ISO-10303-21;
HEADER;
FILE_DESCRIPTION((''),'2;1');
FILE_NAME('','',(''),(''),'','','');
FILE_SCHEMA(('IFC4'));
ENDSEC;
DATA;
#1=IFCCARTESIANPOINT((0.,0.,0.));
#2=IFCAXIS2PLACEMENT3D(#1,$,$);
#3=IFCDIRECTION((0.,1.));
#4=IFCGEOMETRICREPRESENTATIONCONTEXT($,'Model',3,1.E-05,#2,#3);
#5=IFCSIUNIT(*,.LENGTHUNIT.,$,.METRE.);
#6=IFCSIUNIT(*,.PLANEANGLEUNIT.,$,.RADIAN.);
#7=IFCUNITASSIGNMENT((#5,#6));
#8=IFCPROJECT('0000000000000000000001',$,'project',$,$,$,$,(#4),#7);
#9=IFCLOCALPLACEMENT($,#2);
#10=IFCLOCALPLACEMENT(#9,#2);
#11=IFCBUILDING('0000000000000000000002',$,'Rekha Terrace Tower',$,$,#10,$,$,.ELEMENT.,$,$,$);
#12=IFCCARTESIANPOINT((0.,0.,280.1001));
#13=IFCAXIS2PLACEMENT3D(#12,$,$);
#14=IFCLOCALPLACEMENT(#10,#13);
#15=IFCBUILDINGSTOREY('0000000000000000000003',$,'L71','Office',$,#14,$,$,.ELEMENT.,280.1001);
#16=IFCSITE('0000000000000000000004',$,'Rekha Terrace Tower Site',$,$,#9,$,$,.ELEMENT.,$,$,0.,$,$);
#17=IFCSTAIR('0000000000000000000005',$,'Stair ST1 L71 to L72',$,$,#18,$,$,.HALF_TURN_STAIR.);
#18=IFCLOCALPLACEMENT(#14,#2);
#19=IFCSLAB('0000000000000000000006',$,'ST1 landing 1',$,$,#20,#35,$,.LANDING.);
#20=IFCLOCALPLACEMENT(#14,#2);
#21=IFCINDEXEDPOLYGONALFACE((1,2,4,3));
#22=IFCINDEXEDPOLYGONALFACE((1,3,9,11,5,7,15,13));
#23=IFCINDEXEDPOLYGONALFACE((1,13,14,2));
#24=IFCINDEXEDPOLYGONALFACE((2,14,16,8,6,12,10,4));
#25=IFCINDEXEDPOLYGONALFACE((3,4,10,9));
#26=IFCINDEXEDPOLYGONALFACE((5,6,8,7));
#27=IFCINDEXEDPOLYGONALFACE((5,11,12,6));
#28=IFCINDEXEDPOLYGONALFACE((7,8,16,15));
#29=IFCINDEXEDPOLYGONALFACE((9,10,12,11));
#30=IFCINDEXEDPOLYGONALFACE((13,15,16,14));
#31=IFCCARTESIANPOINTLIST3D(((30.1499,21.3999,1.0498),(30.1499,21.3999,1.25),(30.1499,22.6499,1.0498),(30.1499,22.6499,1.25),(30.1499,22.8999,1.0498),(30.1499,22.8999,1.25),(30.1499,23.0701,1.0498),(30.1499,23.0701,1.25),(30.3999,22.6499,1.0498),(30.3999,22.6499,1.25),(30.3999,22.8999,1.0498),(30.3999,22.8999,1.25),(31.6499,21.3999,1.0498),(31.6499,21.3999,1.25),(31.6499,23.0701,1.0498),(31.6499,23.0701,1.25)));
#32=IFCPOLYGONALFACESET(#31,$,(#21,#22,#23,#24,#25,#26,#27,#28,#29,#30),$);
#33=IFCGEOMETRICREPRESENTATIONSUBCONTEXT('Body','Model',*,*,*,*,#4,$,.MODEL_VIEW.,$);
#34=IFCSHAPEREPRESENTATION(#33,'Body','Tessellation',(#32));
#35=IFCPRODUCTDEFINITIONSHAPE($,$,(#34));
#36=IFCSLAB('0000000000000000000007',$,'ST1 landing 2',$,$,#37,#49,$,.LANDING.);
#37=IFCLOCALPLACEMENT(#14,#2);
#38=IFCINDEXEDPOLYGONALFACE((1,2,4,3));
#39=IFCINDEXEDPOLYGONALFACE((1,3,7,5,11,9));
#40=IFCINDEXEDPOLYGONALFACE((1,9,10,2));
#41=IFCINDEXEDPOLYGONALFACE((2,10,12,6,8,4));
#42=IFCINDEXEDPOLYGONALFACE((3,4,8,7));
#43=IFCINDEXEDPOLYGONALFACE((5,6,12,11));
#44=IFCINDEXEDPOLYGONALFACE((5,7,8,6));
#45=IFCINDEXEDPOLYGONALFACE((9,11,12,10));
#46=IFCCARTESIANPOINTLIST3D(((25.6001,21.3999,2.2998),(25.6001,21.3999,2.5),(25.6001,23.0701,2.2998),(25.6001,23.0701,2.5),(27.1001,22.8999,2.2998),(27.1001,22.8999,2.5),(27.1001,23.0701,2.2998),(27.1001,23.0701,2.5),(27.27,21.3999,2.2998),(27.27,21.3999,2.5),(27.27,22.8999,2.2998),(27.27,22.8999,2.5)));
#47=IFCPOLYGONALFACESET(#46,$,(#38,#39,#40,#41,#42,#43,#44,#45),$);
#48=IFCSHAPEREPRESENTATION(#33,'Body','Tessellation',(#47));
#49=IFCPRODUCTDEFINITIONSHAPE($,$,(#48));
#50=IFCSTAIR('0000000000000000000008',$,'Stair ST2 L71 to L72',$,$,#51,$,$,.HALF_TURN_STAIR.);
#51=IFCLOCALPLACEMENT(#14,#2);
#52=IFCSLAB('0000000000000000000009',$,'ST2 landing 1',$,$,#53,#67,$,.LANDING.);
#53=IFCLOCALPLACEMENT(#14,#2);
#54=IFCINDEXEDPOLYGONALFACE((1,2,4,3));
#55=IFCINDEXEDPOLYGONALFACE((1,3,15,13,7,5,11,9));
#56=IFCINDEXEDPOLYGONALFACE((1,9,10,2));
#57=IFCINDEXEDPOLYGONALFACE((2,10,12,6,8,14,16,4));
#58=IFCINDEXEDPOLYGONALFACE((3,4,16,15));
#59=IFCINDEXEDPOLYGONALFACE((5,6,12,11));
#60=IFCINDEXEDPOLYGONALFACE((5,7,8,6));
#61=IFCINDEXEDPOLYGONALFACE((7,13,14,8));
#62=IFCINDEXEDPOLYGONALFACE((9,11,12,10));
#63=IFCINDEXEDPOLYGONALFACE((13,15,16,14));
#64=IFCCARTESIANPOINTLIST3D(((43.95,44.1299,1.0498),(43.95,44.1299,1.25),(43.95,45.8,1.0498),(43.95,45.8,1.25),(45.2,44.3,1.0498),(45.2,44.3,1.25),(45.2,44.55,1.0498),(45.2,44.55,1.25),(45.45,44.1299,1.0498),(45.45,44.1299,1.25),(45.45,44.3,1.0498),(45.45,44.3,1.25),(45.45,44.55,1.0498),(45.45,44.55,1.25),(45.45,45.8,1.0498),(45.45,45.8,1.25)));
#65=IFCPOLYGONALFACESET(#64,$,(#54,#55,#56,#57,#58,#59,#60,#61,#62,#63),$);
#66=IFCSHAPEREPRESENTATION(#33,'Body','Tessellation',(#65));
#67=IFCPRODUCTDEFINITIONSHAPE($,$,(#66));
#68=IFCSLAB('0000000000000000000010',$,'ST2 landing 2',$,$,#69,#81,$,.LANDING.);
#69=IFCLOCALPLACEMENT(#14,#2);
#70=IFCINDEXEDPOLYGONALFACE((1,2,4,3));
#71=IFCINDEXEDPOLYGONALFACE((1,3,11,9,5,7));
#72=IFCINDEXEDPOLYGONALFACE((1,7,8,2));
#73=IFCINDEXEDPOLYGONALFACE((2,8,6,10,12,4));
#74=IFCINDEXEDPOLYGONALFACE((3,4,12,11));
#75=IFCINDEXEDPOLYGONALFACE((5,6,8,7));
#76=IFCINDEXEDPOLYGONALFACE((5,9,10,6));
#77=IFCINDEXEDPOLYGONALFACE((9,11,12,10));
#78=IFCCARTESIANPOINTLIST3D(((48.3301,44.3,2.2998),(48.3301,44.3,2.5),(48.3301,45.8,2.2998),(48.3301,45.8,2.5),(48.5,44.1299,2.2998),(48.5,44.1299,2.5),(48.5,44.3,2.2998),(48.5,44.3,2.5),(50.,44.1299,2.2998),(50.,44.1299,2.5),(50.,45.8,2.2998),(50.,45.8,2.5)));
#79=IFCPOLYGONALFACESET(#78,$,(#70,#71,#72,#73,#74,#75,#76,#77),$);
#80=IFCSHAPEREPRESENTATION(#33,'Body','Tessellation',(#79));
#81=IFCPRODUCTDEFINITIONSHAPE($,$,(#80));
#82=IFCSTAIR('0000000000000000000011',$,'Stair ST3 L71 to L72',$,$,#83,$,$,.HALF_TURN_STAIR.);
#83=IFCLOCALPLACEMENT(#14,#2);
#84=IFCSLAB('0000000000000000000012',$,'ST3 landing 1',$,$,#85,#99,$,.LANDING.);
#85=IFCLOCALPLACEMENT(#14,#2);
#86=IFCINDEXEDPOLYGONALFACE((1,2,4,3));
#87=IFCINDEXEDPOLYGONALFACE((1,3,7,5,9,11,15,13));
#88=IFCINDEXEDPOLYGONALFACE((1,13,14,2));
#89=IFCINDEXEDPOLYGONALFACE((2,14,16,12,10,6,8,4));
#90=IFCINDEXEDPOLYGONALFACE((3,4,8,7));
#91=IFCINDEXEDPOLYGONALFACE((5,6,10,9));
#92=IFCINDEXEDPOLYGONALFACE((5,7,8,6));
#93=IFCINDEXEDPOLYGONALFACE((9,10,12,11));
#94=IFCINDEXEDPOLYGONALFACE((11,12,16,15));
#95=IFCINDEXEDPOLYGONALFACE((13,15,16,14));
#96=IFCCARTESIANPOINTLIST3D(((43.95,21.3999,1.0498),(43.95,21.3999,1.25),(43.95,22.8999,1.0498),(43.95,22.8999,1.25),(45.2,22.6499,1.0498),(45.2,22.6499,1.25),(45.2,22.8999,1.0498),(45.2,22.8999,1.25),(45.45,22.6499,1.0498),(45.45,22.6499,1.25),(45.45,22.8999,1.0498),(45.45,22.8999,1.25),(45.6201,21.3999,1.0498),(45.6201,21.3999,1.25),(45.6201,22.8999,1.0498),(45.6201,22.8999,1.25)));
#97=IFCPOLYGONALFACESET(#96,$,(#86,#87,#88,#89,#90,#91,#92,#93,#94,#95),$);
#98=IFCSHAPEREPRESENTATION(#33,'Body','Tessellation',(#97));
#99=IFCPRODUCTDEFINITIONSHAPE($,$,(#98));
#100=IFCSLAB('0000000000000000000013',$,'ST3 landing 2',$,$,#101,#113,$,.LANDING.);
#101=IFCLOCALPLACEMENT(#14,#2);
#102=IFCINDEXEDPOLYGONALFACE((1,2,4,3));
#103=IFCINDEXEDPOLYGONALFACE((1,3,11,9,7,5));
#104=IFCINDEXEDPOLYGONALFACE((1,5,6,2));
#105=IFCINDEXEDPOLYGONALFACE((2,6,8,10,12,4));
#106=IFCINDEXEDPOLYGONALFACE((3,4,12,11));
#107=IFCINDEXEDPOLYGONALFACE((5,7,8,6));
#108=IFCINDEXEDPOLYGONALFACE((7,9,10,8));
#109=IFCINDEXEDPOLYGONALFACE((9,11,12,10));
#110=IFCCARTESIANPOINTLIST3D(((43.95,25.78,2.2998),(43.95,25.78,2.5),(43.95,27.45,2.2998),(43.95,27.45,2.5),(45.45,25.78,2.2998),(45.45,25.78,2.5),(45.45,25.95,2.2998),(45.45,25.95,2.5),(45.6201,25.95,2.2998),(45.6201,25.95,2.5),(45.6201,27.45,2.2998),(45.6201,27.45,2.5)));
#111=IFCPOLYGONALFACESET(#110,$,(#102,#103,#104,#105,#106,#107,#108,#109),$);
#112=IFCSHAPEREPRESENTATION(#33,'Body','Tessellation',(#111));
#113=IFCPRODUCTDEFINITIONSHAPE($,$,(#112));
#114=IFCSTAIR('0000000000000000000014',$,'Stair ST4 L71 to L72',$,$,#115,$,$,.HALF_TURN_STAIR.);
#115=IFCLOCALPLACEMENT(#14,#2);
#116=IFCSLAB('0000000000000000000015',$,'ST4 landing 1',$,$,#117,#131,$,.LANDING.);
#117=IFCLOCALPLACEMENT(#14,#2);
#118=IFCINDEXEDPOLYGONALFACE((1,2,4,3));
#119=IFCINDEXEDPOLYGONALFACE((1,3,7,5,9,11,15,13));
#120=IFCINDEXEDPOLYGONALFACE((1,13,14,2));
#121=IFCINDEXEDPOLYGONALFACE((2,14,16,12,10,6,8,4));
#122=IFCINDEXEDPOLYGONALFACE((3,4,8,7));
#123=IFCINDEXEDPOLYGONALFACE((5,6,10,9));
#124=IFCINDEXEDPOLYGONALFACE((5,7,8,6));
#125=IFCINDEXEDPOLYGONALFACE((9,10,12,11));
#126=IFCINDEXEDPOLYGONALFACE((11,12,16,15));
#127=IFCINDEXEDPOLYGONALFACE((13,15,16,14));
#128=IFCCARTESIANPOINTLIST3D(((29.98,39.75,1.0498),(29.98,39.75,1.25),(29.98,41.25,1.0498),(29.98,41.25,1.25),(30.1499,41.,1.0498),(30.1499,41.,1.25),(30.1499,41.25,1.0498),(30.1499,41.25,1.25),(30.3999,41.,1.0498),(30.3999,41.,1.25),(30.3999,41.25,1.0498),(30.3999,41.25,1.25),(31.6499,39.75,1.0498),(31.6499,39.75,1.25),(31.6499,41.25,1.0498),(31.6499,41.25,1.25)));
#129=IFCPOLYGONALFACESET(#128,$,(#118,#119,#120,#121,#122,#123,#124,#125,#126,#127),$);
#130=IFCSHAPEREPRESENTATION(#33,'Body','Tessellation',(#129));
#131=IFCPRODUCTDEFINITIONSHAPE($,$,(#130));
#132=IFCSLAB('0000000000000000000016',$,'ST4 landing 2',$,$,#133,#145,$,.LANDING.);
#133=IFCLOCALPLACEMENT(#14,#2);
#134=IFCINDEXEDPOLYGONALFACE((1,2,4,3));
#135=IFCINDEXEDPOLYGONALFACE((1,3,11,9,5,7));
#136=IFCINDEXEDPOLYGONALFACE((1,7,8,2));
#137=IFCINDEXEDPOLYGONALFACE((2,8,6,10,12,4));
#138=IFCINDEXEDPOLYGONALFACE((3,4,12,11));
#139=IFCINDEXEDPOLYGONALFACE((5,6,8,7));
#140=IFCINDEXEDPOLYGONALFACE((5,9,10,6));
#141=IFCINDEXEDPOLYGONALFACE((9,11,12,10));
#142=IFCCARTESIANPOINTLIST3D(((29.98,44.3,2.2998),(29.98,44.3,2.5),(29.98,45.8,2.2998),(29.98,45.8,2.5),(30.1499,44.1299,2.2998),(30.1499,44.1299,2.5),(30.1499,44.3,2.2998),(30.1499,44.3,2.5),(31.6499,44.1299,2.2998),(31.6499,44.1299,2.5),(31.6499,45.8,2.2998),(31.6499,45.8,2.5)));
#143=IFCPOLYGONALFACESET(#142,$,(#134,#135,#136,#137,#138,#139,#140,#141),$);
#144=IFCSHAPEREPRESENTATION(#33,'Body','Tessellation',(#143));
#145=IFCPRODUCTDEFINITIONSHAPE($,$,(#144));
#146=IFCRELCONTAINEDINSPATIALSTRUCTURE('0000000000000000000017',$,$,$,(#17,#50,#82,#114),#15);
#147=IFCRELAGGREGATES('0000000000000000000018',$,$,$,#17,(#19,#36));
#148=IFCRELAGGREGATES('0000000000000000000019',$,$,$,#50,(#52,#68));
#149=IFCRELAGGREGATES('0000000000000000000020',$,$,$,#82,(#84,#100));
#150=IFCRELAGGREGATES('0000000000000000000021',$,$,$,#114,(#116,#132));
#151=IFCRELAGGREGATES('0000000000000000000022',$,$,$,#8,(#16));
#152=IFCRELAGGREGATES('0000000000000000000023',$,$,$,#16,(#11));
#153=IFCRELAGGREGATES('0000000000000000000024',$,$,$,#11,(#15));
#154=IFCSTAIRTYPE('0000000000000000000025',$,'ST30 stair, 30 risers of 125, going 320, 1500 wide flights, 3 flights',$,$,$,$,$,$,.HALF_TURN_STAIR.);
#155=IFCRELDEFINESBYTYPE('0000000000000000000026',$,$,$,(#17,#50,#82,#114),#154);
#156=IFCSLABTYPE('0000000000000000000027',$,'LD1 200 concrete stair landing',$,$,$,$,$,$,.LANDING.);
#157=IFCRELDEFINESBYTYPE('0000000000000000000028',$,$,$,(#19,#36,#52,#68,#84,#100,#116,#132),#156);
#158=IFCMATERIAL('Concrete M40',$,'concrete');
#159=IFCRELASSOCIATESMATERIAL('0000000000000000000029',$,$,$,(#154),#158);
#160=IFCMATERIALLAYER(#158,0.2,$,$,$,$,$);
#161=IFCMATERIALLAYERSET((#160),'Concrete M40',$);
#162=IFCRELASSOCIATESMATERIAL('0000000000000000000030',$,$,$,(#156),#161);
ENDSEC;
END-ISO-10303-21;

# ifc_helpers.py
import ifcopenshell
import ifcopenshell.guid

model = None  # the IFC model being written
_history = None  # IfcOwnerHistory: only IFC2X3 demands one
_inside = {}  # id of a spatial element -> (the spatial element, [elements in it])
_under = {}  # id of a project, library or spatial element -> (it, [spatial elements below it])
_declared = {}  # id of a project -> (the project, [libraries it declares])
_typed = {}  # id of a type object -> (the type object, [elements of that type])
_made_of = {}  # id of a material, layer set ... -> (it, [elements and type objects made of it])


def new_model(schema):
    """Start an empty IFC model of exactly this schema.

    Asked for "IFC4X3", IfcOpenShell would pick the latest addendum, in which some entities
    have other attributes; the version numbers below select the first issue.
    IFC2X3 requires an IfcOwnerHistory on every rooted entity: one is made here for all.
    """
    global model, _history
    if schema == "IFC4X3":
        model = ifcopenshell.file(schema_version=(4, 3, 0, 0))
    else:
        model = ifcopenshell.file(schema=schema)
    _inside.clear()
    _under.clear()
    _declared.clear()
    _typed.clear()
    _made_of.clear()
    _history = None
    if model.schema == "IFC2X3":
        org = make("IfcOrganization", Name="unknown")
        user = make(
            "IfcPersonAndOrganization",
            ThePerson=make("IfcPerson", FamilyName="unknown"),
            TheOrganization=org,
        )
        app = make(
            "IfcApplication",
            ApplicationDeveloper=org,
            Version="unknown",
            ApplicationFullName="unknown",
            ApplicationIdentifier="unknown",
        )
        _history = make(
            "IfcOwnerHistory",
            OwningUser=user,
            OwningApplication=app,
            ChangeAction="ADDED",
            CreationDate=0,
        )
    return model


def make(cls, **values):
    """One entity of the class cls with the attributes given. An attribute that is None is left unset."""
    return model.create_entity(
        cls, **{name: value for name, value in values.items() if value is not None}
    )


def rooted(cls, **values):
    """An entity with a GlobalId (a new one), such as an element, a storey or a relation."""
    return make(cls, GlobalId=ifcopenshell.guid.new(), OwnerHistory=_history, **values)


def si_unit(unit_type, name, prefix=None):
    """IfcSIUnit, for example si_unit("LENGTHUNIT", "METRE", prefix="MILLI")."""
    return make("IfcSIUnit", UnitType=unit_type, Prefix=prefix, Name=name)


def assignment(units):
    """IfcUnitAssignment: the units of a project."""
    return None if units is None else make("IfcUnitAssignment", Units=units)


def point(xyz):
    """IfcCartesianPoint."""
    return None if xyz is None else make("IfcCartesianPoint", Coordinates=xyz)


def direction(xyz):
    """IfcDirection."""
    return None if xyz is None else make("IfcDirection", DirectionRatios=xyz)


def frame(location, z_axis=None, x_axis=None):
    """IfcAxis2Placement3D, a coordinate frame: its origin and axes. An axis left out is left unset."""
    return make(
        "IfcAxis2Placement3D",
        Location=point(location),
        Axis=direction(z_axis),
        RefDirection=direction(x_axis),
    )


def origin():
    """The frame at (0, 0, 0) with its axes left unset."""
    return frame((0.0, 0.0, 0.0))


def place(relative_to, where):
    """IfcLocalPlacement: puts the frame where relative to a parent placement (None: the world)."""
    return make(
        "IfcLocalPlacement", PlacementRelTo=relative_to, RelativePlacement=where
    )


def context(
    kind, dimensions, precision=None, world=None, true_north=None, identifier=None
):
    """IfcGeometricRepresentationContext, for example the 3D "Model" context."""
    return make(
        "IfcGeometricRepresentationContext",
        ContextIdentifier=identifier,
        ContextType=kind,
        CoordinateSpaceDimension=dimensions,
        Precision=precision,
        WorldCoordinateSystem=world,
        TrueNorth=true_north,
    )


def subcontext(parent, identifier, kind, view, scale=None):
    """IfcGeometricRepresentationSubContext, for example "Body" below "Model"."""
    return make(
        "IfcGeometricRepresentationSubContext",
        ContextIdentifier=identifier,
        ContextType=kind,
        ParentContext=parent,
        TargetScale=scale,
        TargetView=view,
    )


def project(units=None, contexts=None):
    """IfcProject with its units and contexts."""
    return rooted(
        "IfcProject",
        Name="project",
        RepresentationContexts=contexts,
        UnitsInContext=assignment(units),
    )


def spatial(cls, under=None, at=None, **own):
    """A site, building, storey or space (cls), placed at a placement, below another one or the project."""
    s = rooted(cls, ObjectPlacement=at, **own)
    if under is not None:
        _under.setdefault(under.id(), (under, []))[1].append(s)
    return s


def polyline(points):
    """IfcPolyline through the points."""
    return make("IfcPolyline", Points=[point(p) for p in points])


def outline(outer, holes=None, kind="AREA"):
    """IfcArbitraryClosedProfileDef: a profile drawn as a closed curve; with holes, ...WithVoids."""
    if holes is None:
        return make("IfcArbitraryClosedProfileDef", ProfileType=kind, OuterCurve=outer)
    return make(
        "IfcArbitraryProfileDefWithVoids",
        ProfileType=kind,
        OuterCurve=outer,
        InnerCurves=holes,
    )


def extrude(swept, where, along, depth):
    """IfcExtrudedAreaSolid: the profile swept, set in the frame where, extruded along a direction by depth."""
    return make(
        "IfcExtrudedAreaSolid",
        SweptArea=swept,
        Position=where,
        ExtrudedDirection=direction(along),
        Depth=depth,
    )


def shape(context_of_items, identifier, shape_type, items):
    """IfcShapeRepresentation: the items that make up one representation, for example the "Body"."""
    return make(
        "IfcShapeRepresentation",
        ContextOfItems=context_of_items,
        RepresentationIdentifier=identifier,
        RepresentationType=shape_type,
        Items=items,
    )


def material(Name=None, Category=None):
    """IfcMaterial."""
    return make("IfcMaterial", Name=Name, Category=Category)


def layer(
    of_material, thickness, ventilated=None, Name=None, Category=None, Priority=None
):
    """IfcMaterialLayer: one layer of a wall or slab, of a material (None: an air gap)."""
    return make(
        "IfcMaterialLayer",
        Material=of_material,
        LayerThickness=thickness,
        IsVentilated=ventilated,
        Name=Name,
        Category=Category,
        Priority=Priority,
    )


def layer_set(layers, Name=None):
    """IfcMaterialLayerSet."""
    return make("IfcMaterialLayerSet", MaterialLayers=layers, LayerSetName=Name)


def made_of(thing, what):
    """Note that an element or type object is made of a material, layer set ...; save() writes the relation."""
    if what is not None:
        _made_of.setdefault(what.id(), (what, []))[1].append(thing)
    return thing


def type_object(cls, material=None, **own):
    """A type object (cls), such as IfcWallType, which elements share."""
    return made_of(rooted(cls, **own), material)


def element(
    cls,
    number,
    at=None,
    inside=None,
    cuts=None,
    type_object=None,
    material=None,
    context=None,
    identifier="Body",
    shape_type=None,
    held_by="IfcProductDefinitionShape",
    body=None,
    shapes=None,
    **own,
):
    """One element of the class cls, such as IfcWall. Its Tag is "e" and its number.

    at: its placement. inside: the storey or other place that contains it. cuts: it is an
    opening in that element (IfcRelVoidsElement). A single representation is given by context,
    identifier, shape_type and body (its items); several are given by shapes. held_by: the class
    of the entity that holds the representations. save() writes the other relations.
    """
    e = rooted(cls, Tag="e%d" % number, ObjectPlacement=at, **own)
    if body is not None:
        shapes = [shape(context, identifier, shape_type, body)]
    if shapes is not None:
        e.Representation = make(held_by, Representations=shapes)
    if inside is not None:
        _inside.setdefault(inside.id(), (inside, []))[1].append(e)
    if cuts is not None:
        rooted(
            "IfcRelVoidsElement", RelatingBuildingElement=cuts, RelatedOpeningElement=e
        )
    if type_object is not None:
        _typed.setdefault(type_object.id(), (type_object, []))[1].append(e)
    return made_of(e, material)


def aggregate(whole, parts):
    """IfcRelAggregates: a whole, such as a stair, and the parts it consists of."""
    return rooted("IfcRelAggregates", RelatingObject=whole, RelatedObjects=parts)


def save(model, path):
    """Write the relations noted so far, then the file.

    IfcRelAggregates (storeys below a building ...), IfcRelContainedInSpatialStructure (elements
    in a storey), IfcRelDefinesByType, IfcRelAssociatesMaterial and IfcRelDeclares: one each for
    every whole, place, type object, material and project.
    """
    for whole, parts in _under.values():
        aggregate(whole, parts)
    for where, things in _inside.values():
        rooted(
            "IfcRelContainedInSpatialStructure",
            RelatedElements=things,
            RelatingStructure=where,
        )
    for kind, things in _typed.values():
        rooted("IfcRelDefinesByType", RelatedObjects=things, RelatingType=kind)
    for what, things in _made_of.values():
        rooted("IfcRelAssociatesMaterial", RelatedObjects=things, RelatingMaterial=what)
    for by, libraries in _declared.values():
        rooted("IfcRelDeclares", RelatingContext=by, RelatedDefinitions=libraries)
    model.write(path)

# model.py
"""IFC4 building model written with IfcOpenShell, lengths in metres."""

from ifc_helpers import new_model, si_unit, direction, frame, origin, place, context, subcontext, project, spatial, polyline, outline, extrude, material, layer, layer_set, type_object, element, aggregate, save


model = new_model("IFC4")

# Units and contexts
model_context = context("Model", 3, precision=1e-05, world=origin(), true_north=direction((0.0, 1.0)))
body_context = subcontext(model_context, "Body", "Model", "MODEL_VIEW")
ifc_project = project(units=[si_unit("LENGTHUNIT", "METRE"), si_unit("PLANEANGLEUNIT", "RADIAN")], contexts=[model_context])

# Site, building, storey
site_placement = place(None, origin())
site = spatial("IfcSite", under=ifc_project, at=site_placement, Name="Rekha Terrace Tower Site", CompositionType="ELEMENT", RefElevation=0.0)
building_placement = place(site_placement, origin())
building = spatial("IfcBuilding", under=site, at=building_placement, Name="Rekha Terrace Tower", CompositionType="ELEMENT")
storey_placement = place(building_placement, frame((0.0, 0.0, 280.1001)))
storey = spatial("IfcBuildingStorey", under=building, at=storey_placement, Name="L71", Description="Office", CompositionType="ELEMENT", Elevation=280.1001)

# Stairs, slabs
ifc_material_1 = material(Name="Concrete M40", Category="concrete")
stair_type = type_object("IfcStairType", Name="ST30 stair, 30 risers of 125, going 320, 1500 wide flights, 3 flights", PredefinedType="HALF_TURN_STAIR", material=ifc_material_1)
stair_1_placement = place(storey_placement, origin())
stair_1 = element("IfcStair", 1, at=stair_1_placement, inside=storey, type_object=stair_type, Name="Stair ST1 L71 to L72", PredefinedType="HALF_TURN_STAIR")
ifc_layer_1 = layer(ifc_material_1, 0.2)
ifc_layer_set_1 = layer_set([ifc_layer_1], Name="Concrete M40")
slab_type_1 = type_object("IfcSlabType", Name="LD1 200 concrete stair landing", PredefinedType="LANDING", material=ifc_layer_set_1)
slab_1_placement = place(storey_placement, frame((0.0, 0.0, 1.0498)))
slab_1 = element("IfcSlab", 2, at=slab_1_placement, type_object=slab_type_1, Name="ST1 landing 1", PredefinedType="LANDING", context=body_context, shape_type="SweptSolid", body=[
    extrude(outline(polyline([(30.1499, 21.3999), (31.6499, 21.3999), (31.6499, 23.0701), (30.1499, 23.0701), (30.1499, 22.8999), (30.3999, 22.8999), (30.3999, 22.6499), (30.1499, 22.6499), (30.1499, 21.3999)])), origin(), (0.0, 0.0, 1.0), 0.2002),
])
slab_2_placement = place(storey_placement, frame((0.0, 0.0, 2.2998)))
slab_2 = element("IfcSlab", 3, at=slab_2_placement, type_object=slab_type_1, Name="ST1 landing 2", PredefinedType="LANDING", context=body_context, shape_type="SweptSolid", body=[
    extrude(outline(polyline([(27.1001, 23.0701), (25.6001, 23.0701), (25.6001, 21.3999), (27.27, 21.3999), (27.27, 22.8999), (27.1001, 22.8999), (27.1001, 23.0701)])), origin(), (0.0, 0.0, 1.0), 0.2002),
])
aggregate(stair_1, [slab_1, slab_2])
stair_2_placement = place(storey_placement, origin())
stair_2 = element("IfcStair", 4, at=stair_2_placement, inside=storey, type_object=stair_type, Name="Stair ST2 L71 to L72", PredefinedType="HALF_TURN_STAIR")
slab_3_placement = place(storey_placement, frame((0.0, 0.0, 1.0498)))
slab_3 = element("IfcSlab", 5, at=slab_3_placement, type_object=slab_type_1, Name="ST2 landing 1", PredefinedType="LANDING", context=body_context, shape_type="SweptSolid", body=[
    extrude(outline(polyline([(45.45, 45.8), (43.95, 45.8), (43.95, 44.1299), (45.45, 44.1299), (45.45, 44.3), (45.2, 44.3), (45.2, 44.55), (45.45, 44.55), (45.45, 45.8)])), origin(), (0.0, 0.0, 1.0), 0.2002),
])
slab_4_placement = place(storey_placement, frame((0.0, 0.0, 2.2998)))
slab_4 = element("IfcSlab", 6, at=slab_4_placement, type_object=slab_type_1, Name="ST2 landing 2", PredefinedType="LANDING", context=body_context, shape_type="SweptSolid", body=[
    extrude(outline(polyline([(48.5, 44.1299), (50.0, 44.1299), (50.0, 45.8), (48.3301, 45.8), (48.3301, 44.3), (48.5, 44.3), (48.5, 44.1299)])), origin(), (0.0, 0.0, 1.0), 0.2002),
])
aggregate(stair_2, [slab_3, slab_4])
stair_3_placement = place(storey_placement, origin())
stair_3 = element("IfcStair", 7, at=stair_3_placement, inside=storey, type_object=stair_type, Name="Stair ST3 L71 to L72", PredefinedType="HALF_TURN_STAIR")
slab_5_placement = place(storey_placement, frame((0.0, 0.0, 1.0498)))
slab_5 = element("IfcSlab", 8, at=slab_5_placement, type_object=slab_type_1, Name="ST3 landing 1", PredefinedType="LANDING", context=body_context, shape_type="SweptSolid", body=[
    extrude(outline(polyline([(43.95, 22.8999), (43.95, 21.3999), (45.6201, 21.3999), (45.6201, 22.8999), (45.45, 22.8999), (45.45, 22.6499), (45.2, 22.6499), (45.2, 22.8999), (43.95, 22.8999)])), origin(), (0.0, 0.0, 1.0), 0.2002),
])
slab_6_placement = place(storey_placement, frame((0.0, 0.0, 2.2998)))
slab_6 = element("IfcSlab", 9, at=slab_6_placement, type_object=slab_type_1, Name="ST3 landing 2", PredefinedType="LANDING", context=body_context, shape_type="SweptSolid", body=[
    extrude(outline(polyline([(45.6201, 25.95), (45.6201, 27.45), (43.95, 27.45), (43.95, 25.78), (45.45, 25.78), (45.45, 25.95), (45.6201, 25.95)])), origin(), (0.0, 0.0, 1.0), 0.2002),
])
aggregate(stair_3, [slab_5, slab_6])
stair_4_placement = place(storey_placement, origin())
stair_4 = element("IfcStair", 10, at=stair_4_placement, inside=storey, type_object=stair_type, Name="Stair ST4 L71 to L72", PredefinedType="HALF_TURN_STAIR")
slab_7_placement = place(storey_placement, frame((0.0, 0.0, 1.0498)))
slab_7 = element("IfcSlab", 11, at=slab_7_placement, type_object=slab_type_1, Name="ST4 landing 1", PredefinedType="LANDING", context=body_context, shape_type="SweptSolid", body=[
    extrude(outline(polyline([(31.6499, 41.25), (31.6499, 39.75), (29.98, 39.75), (29.98, 41.25), (30.1499, 41.25), (30.1499, 41.0), (30.3999, 41.0), (30.3999, 41.25), (31.6499, 41.25)])), origin(), (0.0, 0.0, 1.0), 0.2002),
])
slab_8_placement = place(storey_placement, frame((0.0, 0.0, 2.2998)))
slab_8 = element("IfcSlab", 12, at=slab_8_placement, type_object=slab_type_1, Name="ST4 landing 2", PredefinedType="LANDING", context=body_context, shape_type="SweptSolid", body=[
    extrude(outline(polyline([(29.98, 44.3), (29.98, 45.8), (31.6499, 45.8), (31.6499, 44.1299), (30.1499, 44.1299), (30.1499, 44.3), (29.98, 44.3)])), origin(), (0.0, 0.0, 1.0), 0.2002),
])
aggregate(stair_4, [slab_7, slab_8])

save(model, "model.ifc")
